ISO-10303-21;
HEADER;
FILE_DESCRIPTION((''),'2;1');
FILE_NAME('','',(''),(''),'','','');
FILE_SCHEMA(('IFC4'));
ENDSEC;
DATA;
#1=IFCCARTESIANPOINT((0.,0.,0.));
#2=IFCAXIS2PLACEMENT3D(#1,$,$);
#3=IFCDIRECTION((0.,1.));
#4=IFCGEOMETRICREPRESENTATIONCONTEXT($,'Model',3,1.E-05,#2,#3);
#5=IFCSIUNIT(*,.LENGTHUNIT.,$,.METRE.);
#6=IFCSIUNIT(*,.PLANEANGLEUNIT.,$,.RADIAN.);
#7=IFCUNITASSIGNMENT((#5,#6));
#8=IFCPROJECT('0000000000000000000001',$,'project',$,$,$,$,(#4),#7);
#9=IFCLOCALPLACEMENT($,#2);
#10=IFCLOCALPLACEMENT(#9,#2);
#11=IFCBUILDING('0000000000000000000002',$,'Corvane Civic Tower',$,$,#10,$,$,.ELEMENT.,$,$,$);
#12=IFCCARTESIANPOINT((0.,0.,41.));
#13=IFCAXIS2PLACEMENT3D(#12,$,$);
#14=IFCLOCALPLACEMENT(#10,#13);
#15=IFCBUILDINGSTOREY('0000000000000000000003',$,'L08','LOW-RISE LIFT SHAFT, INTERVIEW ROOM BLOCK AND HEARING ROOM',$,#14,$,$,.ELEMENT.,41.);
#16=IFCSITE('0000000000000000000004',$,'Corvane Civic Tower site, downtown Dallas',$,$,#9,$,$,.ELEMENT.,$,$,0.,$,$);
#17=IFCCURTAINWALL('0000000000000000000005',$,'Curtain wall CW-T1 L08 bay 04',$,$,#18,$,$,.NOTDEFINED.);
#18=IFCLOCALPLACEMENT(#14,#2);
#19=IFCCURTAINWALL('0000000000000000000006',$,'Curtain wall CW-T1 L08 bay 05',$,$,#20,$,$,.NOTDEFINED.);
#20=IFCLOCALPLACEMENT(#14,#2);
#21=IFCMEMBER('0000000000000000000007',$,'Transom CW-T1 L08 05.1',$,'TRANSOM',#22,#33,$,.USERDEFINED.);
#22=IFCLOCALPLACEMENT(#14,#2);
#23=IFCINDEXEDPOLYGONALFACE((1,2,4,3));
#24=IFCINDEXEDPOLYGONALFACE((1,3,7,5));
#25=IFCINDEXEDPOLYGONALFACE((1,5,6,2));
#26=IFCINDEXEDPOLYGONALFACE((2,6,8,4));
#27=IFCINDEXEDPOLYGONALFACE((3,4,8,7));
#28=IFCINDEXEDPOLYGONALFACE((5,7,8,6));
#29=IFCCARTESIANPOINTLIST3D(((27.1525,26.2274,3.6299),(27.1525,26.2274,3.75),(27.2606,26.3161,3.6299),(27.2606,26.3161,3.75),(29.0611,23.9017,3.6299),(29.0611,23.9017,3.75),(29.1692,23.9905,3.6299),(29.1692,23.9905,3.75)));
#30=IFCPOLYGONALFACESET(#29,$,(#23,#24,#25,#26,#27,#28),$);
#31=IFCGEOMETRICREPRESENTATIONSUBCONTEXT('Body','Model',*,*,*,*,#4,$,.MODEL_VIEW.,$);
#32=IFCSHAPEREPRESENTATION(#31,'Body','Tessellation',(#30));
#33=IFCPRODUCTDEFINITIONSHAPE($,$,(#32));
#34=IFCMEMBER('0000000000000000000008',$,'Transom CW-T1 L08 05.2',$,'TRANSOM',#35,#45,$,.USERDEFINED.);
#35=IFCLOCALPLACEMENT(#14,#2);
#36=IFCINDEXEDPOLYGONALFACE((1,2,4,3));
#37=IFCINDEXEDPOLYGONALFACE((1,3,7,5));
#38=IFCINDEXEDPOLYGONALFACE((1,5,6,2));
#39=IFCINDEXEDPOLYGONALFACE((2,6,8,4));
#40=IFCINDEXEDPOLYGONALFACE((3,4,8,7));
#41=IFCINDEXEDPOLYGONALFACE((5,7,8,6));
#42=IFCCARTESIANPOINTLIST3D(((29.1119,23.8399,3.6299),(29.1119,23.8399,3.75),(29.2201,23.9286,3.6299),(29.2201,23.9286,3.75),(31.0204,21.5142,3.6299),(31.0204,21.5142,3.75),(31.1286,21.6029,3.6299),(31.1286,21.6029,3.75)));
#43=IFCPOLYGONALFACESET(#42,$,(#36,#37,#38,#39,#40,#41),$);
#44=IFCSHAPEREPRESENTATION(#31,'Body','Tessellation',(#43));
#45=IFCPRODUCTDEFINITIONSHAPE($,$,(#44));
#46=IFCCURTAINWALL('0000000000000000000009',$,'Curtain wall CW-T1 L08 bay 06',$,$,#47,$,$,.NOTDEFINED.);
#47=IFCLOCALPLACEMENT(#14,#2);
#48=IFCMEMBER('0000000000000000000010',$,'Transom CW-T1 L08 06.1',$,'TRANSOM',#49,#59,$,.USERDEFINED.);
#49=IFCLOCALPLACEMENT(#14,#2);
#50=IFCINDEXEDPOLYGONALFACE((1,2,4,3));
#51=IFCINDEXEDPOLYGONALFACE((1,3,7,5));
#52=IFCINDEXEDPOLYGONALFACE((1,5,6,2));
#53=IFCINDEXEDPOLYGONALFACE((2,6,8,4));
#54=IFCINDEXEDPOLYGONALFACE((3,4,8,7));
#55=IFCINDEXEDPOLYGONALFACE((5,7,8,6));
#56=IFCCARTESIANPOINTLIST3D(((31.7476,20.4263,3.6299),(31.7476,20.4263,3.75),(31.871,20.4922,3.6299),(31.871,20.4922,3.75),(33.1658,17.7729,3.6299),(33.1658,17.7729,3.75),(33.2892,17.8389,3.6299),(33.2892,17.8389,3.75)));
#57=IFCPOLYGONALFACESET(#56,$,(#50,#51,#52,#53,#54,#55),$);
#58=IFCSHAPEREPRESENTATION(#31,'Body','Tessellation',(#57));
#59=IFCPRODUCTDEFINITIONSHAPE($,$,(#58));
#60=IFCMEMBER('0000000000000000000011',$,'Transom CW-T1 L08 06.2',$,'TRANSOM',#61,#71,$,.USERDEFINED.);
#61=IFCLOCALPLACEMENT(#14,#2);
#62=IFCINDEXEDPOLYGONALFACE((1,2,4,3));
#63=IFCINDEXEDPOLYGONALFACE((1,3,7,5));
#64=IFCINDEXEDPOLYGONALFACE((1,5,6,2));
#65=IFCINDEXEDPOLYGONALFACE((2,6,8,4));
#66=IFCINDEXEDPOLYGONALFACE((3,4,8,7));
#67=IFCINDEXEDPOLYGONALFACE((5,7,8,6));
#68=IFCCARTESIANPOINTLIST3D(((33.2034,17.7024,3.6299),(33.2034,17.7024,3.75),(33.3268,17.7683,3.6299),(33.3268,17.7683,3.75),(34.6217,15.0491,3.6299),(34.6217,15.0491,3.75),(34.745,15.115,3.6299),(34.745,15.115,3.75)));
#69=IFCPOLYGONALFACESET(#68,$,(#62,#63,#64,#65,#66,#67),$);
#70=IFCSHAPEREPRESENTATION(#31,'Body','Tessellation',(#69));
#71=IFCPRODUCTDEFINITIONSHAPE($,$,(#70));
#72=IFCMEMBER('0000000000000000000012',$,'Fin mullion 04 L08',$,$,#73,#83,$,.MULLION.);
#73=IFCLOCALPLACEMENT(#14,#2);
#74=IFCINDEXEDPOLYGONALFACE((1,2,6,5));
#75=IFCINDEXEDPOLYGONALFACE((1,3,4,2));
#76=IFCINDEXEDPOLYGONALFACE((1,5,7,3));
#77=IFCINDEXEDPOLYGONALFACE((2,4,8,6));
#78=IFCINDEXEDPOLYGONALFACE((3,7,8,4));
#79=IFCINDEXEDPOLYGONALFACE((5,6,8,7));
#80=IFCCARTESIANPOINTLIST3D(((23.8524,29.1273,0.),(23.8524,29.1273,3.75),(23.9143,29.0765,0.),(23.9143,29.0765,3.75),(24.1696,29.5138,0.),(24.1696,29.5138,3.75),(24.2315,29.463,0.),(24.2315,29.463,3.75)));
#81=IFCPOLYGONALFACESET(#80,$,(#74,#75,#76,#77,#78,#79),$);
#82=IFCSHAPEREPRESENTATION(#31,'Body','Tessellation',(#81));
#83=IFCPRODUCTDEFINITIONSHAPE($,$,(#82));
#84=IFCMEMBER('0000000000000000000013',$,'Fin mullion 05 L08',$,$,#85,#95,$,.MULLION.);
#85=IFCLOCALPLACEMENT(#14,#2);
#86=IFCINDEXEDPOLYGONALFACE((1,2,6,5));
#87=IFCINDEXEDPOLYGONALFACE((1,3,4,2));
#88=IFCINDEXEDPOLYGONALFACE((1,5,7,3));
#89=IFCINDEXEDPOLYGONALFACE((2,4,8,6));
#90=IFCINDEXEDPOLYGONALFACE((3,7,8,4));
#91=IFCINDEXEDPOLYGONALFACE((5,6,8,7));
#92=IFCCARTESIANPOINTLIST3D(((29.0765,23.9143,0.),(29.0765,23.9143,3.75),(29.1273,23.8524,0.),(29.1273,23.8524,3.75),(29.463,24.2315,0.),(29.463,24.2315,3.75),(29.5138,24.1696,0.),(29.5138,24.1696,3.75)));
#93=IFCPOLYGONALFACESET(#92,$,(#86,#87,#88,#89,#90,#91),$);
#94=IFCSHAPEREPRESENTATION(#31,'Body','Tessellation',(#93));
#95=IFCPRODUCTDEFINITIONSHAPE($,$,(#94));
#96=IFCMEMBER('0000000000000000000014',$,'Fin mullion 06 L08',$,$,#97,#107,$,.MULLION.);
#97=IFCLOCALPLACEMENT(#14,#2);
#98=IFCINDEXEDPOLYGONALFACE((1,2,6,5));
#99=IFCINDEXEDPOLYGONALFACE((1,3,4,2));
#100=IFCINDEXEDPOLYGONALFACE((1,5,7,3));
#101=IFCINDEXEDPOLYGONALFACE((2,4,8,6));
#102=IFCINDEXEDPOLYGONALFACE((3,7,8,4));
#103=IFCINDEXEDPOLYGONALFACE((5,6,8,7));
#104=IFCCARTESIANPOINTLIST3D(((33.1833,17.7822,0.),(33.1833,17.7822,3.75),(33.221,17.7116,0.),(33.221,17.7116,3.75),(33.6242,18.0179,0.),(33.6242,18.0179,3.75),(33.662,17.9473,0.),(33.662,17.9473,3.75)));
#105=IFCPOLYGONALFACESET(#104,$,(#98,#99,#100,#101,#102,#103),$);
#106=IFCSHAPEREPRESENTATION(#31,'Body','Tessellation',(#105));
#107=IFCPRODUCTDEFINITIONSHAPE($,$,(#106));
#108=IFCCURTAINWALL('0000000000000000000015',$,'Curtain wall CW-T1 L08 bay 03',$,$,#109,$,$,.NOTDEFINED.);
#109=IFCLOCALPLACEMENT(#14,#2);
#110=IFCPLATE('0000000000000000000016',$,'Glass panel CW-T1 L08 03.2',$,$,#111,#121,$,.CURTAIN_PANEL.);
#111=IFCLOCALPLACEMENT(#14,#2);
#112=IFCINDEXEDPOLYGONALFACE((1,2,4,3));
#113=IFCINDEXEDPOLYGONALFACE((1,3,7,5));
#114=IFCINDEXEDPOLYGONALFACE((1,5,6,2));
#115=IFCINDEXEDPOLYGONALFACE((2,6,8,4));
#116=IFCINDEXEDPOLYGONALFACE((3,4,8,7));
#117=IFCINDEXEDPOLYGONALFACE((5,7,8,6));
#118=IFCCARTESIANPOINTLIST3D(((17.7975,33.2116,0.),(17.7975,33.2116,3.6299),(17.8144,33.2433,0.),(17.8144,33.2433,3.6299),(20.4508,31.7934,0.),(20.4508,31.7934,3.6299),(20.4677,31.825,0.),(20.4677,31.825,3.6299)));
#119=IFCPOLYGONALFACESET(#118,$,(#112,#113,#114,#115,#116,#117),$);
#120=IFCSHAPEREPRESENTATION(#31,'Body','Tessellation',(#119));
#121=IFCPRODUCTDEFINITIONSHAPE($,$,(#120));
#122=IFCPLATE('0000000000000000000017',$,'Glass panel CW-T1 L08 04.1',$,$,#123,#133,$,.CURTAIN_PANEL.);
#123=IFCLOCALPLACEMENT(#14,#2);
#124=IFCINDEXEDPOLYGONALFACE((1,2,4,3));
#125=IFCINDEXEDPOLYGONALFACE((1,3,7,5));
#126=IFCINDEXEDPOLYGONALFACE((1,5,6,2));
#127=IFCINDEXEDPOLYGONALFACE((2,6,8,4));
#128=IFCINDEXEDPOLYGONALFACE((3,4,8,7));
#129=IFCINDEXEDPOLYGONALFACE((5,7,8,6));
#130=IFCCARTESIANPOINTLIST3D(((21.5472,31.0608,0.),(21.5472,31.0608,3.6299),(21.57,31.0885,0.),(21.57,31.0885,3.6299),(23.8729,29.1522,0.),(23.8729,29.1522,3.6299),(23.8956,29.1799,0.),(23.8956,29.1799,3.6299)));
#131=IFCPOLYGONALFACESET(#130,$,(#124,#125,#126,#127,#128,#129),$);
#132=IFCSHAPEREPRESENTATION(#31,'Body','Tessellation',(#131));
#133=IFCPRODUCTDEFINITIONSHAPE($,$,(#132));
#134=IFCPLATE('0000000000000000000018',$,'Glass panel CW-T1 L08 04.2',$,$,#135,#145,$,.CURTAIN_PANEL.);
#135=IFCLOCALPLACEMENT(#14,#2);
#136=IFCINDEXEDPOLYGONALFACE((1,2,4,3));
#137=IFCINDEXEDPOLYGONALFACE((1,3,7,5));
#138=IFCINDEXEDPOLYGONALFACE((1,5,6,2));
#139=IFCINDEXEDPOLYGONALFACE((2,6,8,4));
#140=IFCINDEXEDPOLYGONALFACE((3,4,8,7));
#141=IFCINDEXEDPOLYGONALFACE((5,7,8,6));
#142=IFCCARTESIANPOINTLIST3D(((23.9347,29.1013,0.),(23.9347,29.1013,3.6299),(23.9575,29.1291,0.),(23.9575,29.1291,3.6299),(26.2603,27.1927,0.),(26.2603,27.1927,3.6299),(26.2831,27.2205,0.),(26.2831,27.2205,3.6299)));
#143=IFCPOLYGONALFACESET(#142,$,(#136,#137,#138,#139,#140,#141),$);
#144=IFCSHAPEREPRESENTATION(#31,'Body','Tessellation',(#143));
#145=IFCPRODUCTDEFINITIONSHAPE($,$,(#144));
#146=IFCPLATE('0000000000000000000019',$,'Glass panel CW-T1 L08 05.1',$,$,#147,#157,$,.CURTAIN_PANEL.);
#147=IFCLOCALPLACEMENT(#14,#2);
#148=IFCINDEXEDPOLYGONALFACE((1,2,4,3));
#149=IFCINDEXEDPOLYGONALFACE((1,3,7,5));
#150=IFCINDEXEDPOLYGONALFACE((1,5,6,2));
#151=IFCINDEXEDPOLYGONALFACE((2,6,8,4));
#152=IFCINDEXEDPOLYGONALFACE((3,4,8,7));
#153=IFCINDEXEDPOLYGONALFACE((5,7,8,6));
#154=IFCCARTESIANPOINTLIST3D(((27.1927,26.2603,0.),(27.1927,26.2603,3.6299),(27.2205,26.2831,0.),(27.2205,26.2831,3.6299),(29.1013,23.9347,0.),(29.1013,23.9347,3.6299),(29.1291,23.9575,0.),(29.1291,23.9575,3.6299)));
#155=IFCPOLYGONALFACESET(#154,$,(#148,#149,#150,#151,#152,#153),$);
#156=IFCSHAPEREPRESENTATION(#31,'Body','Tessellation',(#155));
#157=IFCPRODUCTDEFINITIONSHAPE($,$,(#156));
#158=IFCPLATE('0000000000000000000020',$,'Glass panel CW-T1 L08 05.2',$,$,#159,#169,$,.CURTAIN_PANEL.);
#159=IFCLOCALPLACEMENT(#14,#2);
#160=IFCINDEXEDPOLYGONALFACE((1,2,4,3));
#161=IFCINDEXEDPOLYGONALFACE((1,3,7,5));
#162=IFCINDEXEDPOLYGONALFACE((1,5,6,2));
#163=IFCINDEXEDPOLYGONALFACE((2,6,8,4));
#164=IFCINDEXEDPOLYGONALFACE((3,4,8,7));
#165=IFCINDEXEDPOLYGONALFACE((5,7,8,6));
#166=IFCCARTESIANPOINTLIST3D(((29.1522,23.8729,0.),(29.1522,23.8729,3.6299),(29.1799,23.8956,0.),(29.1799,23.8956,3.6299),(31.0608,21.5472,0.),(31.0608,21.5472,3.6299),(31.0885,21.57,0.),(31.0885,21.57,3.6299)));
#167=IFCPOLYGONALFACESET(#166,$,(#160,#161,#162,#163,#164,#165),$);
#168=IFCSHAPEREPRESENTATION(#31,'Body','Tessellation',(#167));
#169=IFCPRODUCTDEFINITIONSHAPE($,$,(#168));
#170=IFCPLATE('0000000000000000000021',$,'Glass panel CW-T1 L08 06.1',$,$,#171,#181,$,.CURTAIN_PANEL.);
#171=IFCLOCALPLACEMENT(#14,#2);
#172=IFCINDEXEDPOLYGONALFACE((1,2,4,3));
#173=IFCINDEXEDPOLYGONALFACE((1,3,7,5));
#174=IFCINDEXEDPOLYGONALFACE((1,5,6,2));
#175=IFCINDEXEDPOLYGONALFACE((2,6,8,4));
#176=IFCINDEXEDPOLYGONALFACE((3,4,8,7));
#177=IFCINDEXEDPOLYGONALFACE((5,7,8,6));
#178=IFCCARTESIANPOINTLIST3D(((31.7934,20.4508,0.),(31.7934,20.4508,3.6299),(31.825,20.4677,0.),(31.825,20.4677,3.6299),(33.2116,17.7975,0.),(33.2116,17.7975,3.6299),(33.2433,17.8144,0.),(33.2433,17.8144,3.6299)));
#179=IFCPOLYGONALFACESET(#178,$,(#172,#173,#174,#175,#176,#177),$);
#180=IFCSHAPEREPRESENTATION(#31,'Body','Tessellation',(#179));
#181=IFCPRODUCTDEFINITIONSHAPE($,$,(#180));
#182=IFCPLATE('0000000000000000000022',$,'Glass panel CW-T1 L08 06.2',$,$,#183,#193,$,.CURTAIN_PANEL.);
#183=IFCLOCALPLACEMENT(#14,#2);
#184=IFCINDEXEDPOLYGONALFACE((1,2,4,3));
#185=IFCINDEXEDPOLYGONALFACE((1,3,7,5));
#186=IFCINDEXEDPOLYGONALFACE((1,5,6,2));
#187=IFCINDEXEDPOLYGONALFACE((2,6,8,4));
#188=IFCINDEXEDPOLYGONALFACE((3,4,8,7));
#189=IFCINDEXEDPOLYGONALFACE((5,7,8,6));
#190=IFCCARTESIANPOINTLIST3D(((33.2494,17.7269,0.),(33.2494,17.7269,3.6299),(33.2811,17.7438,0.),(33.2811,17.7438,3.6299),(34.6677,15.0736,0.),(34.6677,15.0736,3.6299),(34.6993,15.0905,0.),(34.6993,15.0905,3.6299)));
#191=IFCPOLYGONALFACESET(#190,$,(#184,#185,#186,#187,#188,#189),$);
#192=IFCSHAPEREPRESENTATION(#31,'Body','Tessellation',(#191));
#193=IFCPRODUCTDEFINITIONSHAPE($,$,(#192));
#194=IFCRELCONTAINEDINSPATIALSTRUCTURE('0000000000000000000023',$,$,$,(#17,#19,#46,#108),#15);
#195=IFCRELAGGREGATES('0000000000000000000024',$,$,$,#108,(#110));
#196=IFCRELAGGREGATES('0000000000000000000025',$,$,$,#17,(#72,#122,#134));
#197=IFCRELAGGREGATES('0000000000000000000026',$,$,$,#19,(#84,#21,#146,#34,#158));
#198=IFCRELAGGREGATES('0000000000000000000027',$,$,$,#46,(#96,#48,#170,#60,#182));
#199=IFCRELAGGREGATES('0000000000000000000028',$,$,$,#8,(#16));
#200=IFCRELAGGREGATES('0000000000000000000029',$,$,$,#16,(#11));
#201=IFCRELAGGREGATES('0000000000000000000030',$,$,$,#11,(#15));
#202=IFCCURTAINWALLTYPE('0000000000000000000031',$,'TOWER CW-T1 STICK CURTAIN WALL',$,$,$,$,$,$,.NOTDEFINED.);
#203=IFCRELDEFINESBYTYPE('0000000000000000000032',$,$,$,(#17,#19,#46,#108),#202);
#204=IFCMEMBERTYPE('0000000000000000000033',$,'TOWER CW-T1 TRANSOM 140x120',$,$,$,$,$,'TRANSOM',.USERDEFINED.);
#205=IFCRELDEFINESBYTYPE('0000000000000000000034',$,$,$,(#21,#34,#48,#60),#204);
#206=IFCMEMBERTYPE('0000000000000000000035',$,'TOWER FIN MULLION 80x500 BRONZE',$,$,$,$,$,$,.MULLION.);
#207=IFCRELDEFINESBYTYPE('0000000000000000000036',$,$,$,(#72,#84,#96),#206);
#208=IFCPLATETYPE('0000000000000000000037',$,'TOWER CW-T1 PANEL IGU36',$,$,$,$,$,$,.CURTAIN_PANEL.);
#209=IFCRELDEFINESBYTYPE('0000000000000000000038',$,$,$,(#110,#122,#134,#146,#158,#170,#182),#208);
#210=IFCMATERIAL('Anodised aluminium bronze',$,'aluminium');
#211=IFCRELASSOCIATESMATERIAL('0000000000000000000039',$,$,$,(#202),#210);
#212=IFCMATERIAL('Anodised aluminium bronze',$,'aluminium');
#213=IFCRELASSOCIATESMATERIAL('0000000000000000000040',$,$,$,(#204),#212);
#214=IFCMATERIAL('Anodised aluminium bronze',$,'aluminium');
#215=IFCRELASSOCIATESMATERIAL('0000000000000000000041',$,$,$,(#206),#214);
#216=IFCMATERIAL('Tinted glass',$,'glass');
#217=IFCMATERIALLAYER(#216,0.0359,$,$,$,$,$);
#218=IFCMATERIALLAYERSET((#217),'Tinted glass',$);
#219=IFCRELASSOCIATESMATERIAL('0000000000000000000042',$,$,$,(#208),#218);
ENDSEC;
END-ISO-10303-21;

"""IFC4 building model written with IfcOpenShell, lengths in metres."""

from ifc_helpers import new_model, si_unit, direction, frame, origin, origin_2d, place, context, subcontext, project, spatial, rectangle, extrude, material, layer, layer_set, material_profile, profile_set, type_object, element, aggregate, save


model = new_model("IFC4")

# Units and contexts
model_context = context("Model", 3, precision=1e-05, world=origin(), true_north=direction((0.0, 1.0)))
body_context = subcontext(model_context, "Body", "Model", "MODEL_VIEW")
ifc_project = project(units=[si_unit("LENGTHUNIT", "METRE"), si_unit("PLANEANGLEUNIT", "RADIAN")], contexts=[model_context])

# Site, building, storey
site_placement = place(None, origin())
site = spatial("IfcSite", under=ifc_project, at=site_placement, Name="Corvane Civic Tower site, downtown Dallas", CompositionType="ELEMENT", RefElevation=0.0)
building_placement = place(site_placement, origin())
building = spatial("IfcBuilding", under=site, at=building_placement, Name="Corvane Civic Tower", CompositionType="ELEMENT")
storey_placement = place(building_placement, frame((0.0, 0.0, 41.0)))
storey = spatial("IfcBuildingStorey", under=building, at=storey_placement, Name="L08", Description="LOW-RISE LIFT SHAFT, INTERVIEW ROOM BLOCK AND HEARING ROOM", CompositionType="ELEMENT", Elevation=41.0)

# Curtain walls, members
ifc_material_1 = material(Name="Anodised aluminium bronze", Category="aluminium")
curtain_wall_type = type_object("IfcCurtainWallType", Name="TOWER CW-T1 STICK CURTAIN WALL", PredefinedType="NOTDEFINED", material=ifc_material_1)
curtain_wall_1_placement = place(storey_placement, origin())
curtain_wall_1 = element("IfcCurtainWall", 1, at=curtain_wall_1_placement, inside=storey, type_object=curtain_wall_type, Name="Curtain wall CW-T1 L08 bay 04", PredefinedType="NOTDEFINED")
ifc_material_2 = material(Name="Anodised aluminium bronze", Category="aluminium")
ifc_material_profile_1 = material_profile(ifc_material_2, rectangle(XDim=0.1399, YDim=0.1201, at=origin_2d()), Name="TOWER CW-T1 TRANSOM 140x120")
ifc_profile_set_1 = profile_set([ifc_material_profile_1], Name="Anodised aluminium bronze")
member_type_1 = type_object("IfcMemberType", Name="TOWER CW-T1 TRANSOM 140x120", ElementType="TRANSOM", PredefinedType="USERDEFINED", material=ifc_profile_set_1)
curtain_wall_2_placement = place(storey_placement, origin())
curtain_wall_2 = element("IfcCurtainWall", 2, at=curtain_wall_2_placement, inside=storey, type_object=curtain_wall_type, Name="Curtain wall CW-T1 L08 bay 05", PredefinedType="NOTDEFINED")
member_1_placement = place(storey_placement, frame((27.2065, 26.2717, 3.6899), z_axis=(0.634404, -0.773002, 0.0), x_axis=(0.773002, 0.634404, 0.0)))
member_1 = element("IfcMember", 3, at=member_1_placement, type_object=member_type_1, Name="Transom CW-T1 L08 05.1", ObjectType="TRANSOM", PredefinedType="USERDEFINED", context=body_context, shape_type="SweptSolid", body=[
    extrude(rectangle(XDim=0.1399, YDim=0.1201, at=origin_2d()), origin(), (0.0, 0.0, 1.0), 3.0085),
])
member_2_placement = place(storey_placement, frame((29.166, 23.8843, 3.6899), z_axis=(0.634355, -0.773042, 0.0), x_axis=(0.773042, 0.634355, 0.0)))
member_2 = element("IfcMember", 4, at=member_2_placement, type_object=member_type_1, Name="Transom CW-T1 L08 05.2", ObjectType="TRANSOM", PredefinedType="USERDEFINED", context=body_context, shape_type="SweptSolid", body=[
    extrude(rectangle(XDim=0.1399, YDim=0.1201, at=origin_2d()), origin(), (0.0, 0.0, 1.0), 3.0085),
])
curtain_wall_3_placement = place(storey_placement, origin())
curtain_wall_3 = element("IfcCurtainWall", 5, at=curtain_wall_3_placement, inside=storey, type_object=curtain_wall_type, Name="Curtain wall CW-T1 L08 bay 06", PredefinedType="NOTDEFINED")
member_3_placement = place(storey_placement, frame((31.8093, 20.4592, 3.6899), z_axis=(0.471393, -0.881924, 0.0), x_axis=(0.881924, 0.471393, 0.0)))
member_3 = element("IfcMember", 6, at=member_3_placement, type_object=member_type_1, Name="Transom CW-T1 L08 06.1", ObjectType="TRANSOM", PredefinedType="USERDEFINED", context=body_context, shape_type="SweptSolid", body=[
    extrude(rectangle(XDim=0.1399, YDim=0.1201, at=origin_2d()), origin(), (0.0, 0.0, 1.0), 3.0085),
])
member_4_placement = place(storey_placement, frame((33.2651, 17.7354, 3.6899), z_axis=(0.471393, -0.881924, 0.0), x_axis=(0.881924, 0.471393, 0.0)))
member_4 = element("IfcMember", 7, at=member_4_placement, type_object=member_type_1, Name="Transom CW-T1 L08 06.2", ObjectType="TRANSOM", PredefinedType="USERDEFINED", context=body_context, shape_type="SweptSolid", body=[
    extrude(rectangle(XDim=0.1399, YDim=0.1201, at=origin_2d()), origin(), (0.0, 0.0, 1.0), 3.0085),
])

# Members
ifc_material_3 = material(Name="Anodised aluminium bronze", Category="aluminium")
ifc_material_profile_2 = material_profile(ifc_material_3, rectangle(XDim=0.0801, YDim=0.5, at=origin_2d()), Name="TOWER FIN MULLION 80x500 BRONZE")
ifc_profile_set_2 = profile_set([ifc_material_profile_2], Name="Anodised aluminium bronze")
member_type_2 = type_object("IfcMemberType", Name="TOWER FIN MULLION 80x500 BRONZE", PredefinedType="MULLION", material=ifc_profile_set_2)
member_5_placement = place(storey_placement, frame((24.042, 29.2952, 0.0), z_axis=(0.0, 0.0, 1.0), x_axis=(0.773007, -0.634397, 0.0)))
member_5 = element("IfcMember", 8, at=member_5_placement, type_object=member_type_2, Name="Fin mullion 04 L08", PredefinedType="MULLION", context=body_context, shape_type="SweptSolid", body=[
    extrude(rectangle(XDim=0.0801, YDim=0.5, at=origin_2d()), origin(), (0.0, 0.0, 1.0), 3.75),
])
member_6_placement = place(storey_placement, frame((29.2952, 24.042, 0.0), z_axis=(0.0, 0.0, 1.0), x_axis=(0.634397, -0.773007, 0.0)))
member_6 = element("IfcMember", 9, at=member_6_placement, type_object=member_type_2, Name="Fin mullion 05 L08", PredefinedType="MULLION", context=body_context, shape_type="SweptSolid", body=[
    extrude(rectangle(XDim=0.0801, YDim=0.5, at=origin_2d()), origin(), (0.0, 0.0, 1.0), 3.75),
])
member_7_placement = place(storey_placement, frame((33.4226, 17.8647, 0.0), z_axis=(0.0, 0.0, 1.0), x_axis=(0.471404, -0.881918, 0.0)))
member_7 = element("IfcMember", 10, at=member_7_placement, type_object=member_type_2, Name="Fin mullion 06 L08", PredefinedType="MULLION", context=body_context, shape_type="SweptSolid", body=[
    extrude(rectangle(XDim=0.0801, YDim=0.5, at=origin_2d()), origin(), (0.0, 0.0, 1.0), 3.75),
])

# Curtain wall, plate
curtain_wall_4_placement = place(storey_placement, origin())
curtain_wall_4 = element("IfcCurtainWall", 11, at=curtain_wall_4_placement, inside=storey, type_object=curtain_wall_type, Name="Curtain wall CW-T1 L08 bay 03", PredefinedType="NOTDEFINED")
ifc_material_4 = material(Name="Tinted glass", Category="glass")
ifc_layer_1 = layer(ifc_material_4, 0.0359)
ifc_layer_set_1 = layer_set([ifc_layer_1], Name="Tinted glass")
plate_type = type_object("IfcPlateType", Name="TOWER CW-T1 PANEL IGU36", PredefinedType="CURTAIN_PANEL", material=ifc_layer_set_1)
plate_1_placement = place(storey_placement, frame((19.1326, 32.5183, 0.0), z_axis=(0.0, 0.0, 1.0), x_axis=(0.881918, -0.471404, 0.0)))
plate_1 = element("IfcPlate", 12, at=plate_1_placement, type_object=plate_type, Name="Glass panel CW-T1 L08 03.2", PredefinedType="CURTAIN_PANEL", context=body_context, shape_type="SweptSolid", body=[
    extrude(rectangle(XDim=3.0085, YDim=0.0359, at=origin_2d()), origin(), (0.0, 0.0, 1.0), 3.6299),
])
aggregate(curtain_wall_4, [plate_1])

# Plates
plate_2_placement = place(storey_placement, frame((22.7214, 30.1204, 0.0), z_axis=(0.0, 0.0, 1.0), x_axis=(0.773007, -0.634397, 0.0)))
plate_2 = element("IfcPlate", 13, at=plate_2_placement, type_object=plate_type, Name="Glass panel CW-T1 L08 04.1", PredefinedType="CURTAIN_PANEL", context=body_context, shape_type="SweptSolid", body=[
    extrude(rectangle(XDim=3.0085, YDim=0.0359, at=origin_2d()), origin(), (0.0, 0.0, 1.0), 3.6299),
])
plate_3_placement = place(storey_placement, frame((25.1089, 28.1609, 0.0), z_axis=(0.0, 0.0, 1.0), x_axis=(0.773007, -0.634397, 0.0)))
plate_3 = element("IfcPlate", 14, at=plate_3_placement, type_object=plate_type, Name="Glass panel CW-T1 L08 04.2", PredefinedType="CURTAIN_PANEL", context=body_context, shape_type="SweptSolid", body=[
    extrude(rectangle(XDim=3.0085, YDim=0.0359, at=origin_2d()), origin(), (0.0, 0.0, 1.0), 3.6299),
])
aggregate(curtain_wall_1, [member_5, plate_2, plate_3])
plate_4_placement = place(storey_placement, frame((28.1609, 25.1089, 0.0), z_axis=(0.0, 0.0, 1.0), x_axis=(0.634397, -0.773007, 0.0)))
plate_4 = element("IfcPlate", 15, at=plate_4_placement, type_object=plate_type, Name="Glass panel CW-T1 L08 05.1", PredefinedType="CURTAIN_PANEL", context=body_context, shape_type="SweptSolid", body=[
    extrude(rectangle(XDim=3.0085, YDim=0.0359, at=origin_2d()), origin(), (0.0, 0.0, 1.0), 3.6299),
])
plate_5_placement = place(storey_placement, frame((30.1204, 22.7214, 0.0), z_axis=(0.0, 0.0, 1.0), x_axis=(0.634397, -0.773007, 0.0)))
plate_5 = element("IfcPlate", 16, at=plate_5_placement, type_object=plate_type, Name="Glass panel CW-T1 L08 05.2", PredefinedType="CURTAIN_PANEL", context=body_context, shape_type="SweptSolid", body=[
    extrude(rectangle(XDim=3.0085, YDim=0.0359, at=origin_2d()), origin(), (0.0, 0.0, 1.0), 3.6299),
])
aggregate(curtain_wall_2, [member_6, member_1, plate_4, member_2, plate_5])
plate_6_placement = place(storey_placement, frame((32.5183, 19.1326, 0.0), z_axis=(0.0, 0.0, 1.0), x_axis=(0.471404, -0.881918, 0.0)))
plate_6 = element("IfcPlate", 17, at=plate_6_placement, type_object=plate_type, Name="Glass panel CW-T1 L08 06.1", PredefinedType="CURTAIN_PANEL", context=body_context, shape_type="SweptSolid", body=[
    extrude(rectangle(XDim=3.0085, YDim=0.0359, at=origin_2d()), origin(), (0.0, 0.0, 1.0), 3.6299),
])
plate_7_placement = place(storey_placement, frame((33.9744, 16.4087, 0.0), z_axis=(0.0, 0.0, 1.0), x_axis=(0.471404, -0.881918, 0.0)))
plate_7 = element("IfcPlate", 18, at=plate_7_placement, type_object=plate_type, Name="Glass panel CW-T1 L08 06.2", PredefinedType="CURTAIN_PANEL", context=body_context, shape_type="SweptSolid", body=[
    extrude(rectangle(XDim=3.0085, YDim=0.0359, at=origin_2d()), origin(), (0.0, 0.0, 1.0), 3.6299),
])
aggregate(curtain_wall_3, [member_7, member_3, plate_6, member_4, plate_7])

save(model, "model.ifc")
